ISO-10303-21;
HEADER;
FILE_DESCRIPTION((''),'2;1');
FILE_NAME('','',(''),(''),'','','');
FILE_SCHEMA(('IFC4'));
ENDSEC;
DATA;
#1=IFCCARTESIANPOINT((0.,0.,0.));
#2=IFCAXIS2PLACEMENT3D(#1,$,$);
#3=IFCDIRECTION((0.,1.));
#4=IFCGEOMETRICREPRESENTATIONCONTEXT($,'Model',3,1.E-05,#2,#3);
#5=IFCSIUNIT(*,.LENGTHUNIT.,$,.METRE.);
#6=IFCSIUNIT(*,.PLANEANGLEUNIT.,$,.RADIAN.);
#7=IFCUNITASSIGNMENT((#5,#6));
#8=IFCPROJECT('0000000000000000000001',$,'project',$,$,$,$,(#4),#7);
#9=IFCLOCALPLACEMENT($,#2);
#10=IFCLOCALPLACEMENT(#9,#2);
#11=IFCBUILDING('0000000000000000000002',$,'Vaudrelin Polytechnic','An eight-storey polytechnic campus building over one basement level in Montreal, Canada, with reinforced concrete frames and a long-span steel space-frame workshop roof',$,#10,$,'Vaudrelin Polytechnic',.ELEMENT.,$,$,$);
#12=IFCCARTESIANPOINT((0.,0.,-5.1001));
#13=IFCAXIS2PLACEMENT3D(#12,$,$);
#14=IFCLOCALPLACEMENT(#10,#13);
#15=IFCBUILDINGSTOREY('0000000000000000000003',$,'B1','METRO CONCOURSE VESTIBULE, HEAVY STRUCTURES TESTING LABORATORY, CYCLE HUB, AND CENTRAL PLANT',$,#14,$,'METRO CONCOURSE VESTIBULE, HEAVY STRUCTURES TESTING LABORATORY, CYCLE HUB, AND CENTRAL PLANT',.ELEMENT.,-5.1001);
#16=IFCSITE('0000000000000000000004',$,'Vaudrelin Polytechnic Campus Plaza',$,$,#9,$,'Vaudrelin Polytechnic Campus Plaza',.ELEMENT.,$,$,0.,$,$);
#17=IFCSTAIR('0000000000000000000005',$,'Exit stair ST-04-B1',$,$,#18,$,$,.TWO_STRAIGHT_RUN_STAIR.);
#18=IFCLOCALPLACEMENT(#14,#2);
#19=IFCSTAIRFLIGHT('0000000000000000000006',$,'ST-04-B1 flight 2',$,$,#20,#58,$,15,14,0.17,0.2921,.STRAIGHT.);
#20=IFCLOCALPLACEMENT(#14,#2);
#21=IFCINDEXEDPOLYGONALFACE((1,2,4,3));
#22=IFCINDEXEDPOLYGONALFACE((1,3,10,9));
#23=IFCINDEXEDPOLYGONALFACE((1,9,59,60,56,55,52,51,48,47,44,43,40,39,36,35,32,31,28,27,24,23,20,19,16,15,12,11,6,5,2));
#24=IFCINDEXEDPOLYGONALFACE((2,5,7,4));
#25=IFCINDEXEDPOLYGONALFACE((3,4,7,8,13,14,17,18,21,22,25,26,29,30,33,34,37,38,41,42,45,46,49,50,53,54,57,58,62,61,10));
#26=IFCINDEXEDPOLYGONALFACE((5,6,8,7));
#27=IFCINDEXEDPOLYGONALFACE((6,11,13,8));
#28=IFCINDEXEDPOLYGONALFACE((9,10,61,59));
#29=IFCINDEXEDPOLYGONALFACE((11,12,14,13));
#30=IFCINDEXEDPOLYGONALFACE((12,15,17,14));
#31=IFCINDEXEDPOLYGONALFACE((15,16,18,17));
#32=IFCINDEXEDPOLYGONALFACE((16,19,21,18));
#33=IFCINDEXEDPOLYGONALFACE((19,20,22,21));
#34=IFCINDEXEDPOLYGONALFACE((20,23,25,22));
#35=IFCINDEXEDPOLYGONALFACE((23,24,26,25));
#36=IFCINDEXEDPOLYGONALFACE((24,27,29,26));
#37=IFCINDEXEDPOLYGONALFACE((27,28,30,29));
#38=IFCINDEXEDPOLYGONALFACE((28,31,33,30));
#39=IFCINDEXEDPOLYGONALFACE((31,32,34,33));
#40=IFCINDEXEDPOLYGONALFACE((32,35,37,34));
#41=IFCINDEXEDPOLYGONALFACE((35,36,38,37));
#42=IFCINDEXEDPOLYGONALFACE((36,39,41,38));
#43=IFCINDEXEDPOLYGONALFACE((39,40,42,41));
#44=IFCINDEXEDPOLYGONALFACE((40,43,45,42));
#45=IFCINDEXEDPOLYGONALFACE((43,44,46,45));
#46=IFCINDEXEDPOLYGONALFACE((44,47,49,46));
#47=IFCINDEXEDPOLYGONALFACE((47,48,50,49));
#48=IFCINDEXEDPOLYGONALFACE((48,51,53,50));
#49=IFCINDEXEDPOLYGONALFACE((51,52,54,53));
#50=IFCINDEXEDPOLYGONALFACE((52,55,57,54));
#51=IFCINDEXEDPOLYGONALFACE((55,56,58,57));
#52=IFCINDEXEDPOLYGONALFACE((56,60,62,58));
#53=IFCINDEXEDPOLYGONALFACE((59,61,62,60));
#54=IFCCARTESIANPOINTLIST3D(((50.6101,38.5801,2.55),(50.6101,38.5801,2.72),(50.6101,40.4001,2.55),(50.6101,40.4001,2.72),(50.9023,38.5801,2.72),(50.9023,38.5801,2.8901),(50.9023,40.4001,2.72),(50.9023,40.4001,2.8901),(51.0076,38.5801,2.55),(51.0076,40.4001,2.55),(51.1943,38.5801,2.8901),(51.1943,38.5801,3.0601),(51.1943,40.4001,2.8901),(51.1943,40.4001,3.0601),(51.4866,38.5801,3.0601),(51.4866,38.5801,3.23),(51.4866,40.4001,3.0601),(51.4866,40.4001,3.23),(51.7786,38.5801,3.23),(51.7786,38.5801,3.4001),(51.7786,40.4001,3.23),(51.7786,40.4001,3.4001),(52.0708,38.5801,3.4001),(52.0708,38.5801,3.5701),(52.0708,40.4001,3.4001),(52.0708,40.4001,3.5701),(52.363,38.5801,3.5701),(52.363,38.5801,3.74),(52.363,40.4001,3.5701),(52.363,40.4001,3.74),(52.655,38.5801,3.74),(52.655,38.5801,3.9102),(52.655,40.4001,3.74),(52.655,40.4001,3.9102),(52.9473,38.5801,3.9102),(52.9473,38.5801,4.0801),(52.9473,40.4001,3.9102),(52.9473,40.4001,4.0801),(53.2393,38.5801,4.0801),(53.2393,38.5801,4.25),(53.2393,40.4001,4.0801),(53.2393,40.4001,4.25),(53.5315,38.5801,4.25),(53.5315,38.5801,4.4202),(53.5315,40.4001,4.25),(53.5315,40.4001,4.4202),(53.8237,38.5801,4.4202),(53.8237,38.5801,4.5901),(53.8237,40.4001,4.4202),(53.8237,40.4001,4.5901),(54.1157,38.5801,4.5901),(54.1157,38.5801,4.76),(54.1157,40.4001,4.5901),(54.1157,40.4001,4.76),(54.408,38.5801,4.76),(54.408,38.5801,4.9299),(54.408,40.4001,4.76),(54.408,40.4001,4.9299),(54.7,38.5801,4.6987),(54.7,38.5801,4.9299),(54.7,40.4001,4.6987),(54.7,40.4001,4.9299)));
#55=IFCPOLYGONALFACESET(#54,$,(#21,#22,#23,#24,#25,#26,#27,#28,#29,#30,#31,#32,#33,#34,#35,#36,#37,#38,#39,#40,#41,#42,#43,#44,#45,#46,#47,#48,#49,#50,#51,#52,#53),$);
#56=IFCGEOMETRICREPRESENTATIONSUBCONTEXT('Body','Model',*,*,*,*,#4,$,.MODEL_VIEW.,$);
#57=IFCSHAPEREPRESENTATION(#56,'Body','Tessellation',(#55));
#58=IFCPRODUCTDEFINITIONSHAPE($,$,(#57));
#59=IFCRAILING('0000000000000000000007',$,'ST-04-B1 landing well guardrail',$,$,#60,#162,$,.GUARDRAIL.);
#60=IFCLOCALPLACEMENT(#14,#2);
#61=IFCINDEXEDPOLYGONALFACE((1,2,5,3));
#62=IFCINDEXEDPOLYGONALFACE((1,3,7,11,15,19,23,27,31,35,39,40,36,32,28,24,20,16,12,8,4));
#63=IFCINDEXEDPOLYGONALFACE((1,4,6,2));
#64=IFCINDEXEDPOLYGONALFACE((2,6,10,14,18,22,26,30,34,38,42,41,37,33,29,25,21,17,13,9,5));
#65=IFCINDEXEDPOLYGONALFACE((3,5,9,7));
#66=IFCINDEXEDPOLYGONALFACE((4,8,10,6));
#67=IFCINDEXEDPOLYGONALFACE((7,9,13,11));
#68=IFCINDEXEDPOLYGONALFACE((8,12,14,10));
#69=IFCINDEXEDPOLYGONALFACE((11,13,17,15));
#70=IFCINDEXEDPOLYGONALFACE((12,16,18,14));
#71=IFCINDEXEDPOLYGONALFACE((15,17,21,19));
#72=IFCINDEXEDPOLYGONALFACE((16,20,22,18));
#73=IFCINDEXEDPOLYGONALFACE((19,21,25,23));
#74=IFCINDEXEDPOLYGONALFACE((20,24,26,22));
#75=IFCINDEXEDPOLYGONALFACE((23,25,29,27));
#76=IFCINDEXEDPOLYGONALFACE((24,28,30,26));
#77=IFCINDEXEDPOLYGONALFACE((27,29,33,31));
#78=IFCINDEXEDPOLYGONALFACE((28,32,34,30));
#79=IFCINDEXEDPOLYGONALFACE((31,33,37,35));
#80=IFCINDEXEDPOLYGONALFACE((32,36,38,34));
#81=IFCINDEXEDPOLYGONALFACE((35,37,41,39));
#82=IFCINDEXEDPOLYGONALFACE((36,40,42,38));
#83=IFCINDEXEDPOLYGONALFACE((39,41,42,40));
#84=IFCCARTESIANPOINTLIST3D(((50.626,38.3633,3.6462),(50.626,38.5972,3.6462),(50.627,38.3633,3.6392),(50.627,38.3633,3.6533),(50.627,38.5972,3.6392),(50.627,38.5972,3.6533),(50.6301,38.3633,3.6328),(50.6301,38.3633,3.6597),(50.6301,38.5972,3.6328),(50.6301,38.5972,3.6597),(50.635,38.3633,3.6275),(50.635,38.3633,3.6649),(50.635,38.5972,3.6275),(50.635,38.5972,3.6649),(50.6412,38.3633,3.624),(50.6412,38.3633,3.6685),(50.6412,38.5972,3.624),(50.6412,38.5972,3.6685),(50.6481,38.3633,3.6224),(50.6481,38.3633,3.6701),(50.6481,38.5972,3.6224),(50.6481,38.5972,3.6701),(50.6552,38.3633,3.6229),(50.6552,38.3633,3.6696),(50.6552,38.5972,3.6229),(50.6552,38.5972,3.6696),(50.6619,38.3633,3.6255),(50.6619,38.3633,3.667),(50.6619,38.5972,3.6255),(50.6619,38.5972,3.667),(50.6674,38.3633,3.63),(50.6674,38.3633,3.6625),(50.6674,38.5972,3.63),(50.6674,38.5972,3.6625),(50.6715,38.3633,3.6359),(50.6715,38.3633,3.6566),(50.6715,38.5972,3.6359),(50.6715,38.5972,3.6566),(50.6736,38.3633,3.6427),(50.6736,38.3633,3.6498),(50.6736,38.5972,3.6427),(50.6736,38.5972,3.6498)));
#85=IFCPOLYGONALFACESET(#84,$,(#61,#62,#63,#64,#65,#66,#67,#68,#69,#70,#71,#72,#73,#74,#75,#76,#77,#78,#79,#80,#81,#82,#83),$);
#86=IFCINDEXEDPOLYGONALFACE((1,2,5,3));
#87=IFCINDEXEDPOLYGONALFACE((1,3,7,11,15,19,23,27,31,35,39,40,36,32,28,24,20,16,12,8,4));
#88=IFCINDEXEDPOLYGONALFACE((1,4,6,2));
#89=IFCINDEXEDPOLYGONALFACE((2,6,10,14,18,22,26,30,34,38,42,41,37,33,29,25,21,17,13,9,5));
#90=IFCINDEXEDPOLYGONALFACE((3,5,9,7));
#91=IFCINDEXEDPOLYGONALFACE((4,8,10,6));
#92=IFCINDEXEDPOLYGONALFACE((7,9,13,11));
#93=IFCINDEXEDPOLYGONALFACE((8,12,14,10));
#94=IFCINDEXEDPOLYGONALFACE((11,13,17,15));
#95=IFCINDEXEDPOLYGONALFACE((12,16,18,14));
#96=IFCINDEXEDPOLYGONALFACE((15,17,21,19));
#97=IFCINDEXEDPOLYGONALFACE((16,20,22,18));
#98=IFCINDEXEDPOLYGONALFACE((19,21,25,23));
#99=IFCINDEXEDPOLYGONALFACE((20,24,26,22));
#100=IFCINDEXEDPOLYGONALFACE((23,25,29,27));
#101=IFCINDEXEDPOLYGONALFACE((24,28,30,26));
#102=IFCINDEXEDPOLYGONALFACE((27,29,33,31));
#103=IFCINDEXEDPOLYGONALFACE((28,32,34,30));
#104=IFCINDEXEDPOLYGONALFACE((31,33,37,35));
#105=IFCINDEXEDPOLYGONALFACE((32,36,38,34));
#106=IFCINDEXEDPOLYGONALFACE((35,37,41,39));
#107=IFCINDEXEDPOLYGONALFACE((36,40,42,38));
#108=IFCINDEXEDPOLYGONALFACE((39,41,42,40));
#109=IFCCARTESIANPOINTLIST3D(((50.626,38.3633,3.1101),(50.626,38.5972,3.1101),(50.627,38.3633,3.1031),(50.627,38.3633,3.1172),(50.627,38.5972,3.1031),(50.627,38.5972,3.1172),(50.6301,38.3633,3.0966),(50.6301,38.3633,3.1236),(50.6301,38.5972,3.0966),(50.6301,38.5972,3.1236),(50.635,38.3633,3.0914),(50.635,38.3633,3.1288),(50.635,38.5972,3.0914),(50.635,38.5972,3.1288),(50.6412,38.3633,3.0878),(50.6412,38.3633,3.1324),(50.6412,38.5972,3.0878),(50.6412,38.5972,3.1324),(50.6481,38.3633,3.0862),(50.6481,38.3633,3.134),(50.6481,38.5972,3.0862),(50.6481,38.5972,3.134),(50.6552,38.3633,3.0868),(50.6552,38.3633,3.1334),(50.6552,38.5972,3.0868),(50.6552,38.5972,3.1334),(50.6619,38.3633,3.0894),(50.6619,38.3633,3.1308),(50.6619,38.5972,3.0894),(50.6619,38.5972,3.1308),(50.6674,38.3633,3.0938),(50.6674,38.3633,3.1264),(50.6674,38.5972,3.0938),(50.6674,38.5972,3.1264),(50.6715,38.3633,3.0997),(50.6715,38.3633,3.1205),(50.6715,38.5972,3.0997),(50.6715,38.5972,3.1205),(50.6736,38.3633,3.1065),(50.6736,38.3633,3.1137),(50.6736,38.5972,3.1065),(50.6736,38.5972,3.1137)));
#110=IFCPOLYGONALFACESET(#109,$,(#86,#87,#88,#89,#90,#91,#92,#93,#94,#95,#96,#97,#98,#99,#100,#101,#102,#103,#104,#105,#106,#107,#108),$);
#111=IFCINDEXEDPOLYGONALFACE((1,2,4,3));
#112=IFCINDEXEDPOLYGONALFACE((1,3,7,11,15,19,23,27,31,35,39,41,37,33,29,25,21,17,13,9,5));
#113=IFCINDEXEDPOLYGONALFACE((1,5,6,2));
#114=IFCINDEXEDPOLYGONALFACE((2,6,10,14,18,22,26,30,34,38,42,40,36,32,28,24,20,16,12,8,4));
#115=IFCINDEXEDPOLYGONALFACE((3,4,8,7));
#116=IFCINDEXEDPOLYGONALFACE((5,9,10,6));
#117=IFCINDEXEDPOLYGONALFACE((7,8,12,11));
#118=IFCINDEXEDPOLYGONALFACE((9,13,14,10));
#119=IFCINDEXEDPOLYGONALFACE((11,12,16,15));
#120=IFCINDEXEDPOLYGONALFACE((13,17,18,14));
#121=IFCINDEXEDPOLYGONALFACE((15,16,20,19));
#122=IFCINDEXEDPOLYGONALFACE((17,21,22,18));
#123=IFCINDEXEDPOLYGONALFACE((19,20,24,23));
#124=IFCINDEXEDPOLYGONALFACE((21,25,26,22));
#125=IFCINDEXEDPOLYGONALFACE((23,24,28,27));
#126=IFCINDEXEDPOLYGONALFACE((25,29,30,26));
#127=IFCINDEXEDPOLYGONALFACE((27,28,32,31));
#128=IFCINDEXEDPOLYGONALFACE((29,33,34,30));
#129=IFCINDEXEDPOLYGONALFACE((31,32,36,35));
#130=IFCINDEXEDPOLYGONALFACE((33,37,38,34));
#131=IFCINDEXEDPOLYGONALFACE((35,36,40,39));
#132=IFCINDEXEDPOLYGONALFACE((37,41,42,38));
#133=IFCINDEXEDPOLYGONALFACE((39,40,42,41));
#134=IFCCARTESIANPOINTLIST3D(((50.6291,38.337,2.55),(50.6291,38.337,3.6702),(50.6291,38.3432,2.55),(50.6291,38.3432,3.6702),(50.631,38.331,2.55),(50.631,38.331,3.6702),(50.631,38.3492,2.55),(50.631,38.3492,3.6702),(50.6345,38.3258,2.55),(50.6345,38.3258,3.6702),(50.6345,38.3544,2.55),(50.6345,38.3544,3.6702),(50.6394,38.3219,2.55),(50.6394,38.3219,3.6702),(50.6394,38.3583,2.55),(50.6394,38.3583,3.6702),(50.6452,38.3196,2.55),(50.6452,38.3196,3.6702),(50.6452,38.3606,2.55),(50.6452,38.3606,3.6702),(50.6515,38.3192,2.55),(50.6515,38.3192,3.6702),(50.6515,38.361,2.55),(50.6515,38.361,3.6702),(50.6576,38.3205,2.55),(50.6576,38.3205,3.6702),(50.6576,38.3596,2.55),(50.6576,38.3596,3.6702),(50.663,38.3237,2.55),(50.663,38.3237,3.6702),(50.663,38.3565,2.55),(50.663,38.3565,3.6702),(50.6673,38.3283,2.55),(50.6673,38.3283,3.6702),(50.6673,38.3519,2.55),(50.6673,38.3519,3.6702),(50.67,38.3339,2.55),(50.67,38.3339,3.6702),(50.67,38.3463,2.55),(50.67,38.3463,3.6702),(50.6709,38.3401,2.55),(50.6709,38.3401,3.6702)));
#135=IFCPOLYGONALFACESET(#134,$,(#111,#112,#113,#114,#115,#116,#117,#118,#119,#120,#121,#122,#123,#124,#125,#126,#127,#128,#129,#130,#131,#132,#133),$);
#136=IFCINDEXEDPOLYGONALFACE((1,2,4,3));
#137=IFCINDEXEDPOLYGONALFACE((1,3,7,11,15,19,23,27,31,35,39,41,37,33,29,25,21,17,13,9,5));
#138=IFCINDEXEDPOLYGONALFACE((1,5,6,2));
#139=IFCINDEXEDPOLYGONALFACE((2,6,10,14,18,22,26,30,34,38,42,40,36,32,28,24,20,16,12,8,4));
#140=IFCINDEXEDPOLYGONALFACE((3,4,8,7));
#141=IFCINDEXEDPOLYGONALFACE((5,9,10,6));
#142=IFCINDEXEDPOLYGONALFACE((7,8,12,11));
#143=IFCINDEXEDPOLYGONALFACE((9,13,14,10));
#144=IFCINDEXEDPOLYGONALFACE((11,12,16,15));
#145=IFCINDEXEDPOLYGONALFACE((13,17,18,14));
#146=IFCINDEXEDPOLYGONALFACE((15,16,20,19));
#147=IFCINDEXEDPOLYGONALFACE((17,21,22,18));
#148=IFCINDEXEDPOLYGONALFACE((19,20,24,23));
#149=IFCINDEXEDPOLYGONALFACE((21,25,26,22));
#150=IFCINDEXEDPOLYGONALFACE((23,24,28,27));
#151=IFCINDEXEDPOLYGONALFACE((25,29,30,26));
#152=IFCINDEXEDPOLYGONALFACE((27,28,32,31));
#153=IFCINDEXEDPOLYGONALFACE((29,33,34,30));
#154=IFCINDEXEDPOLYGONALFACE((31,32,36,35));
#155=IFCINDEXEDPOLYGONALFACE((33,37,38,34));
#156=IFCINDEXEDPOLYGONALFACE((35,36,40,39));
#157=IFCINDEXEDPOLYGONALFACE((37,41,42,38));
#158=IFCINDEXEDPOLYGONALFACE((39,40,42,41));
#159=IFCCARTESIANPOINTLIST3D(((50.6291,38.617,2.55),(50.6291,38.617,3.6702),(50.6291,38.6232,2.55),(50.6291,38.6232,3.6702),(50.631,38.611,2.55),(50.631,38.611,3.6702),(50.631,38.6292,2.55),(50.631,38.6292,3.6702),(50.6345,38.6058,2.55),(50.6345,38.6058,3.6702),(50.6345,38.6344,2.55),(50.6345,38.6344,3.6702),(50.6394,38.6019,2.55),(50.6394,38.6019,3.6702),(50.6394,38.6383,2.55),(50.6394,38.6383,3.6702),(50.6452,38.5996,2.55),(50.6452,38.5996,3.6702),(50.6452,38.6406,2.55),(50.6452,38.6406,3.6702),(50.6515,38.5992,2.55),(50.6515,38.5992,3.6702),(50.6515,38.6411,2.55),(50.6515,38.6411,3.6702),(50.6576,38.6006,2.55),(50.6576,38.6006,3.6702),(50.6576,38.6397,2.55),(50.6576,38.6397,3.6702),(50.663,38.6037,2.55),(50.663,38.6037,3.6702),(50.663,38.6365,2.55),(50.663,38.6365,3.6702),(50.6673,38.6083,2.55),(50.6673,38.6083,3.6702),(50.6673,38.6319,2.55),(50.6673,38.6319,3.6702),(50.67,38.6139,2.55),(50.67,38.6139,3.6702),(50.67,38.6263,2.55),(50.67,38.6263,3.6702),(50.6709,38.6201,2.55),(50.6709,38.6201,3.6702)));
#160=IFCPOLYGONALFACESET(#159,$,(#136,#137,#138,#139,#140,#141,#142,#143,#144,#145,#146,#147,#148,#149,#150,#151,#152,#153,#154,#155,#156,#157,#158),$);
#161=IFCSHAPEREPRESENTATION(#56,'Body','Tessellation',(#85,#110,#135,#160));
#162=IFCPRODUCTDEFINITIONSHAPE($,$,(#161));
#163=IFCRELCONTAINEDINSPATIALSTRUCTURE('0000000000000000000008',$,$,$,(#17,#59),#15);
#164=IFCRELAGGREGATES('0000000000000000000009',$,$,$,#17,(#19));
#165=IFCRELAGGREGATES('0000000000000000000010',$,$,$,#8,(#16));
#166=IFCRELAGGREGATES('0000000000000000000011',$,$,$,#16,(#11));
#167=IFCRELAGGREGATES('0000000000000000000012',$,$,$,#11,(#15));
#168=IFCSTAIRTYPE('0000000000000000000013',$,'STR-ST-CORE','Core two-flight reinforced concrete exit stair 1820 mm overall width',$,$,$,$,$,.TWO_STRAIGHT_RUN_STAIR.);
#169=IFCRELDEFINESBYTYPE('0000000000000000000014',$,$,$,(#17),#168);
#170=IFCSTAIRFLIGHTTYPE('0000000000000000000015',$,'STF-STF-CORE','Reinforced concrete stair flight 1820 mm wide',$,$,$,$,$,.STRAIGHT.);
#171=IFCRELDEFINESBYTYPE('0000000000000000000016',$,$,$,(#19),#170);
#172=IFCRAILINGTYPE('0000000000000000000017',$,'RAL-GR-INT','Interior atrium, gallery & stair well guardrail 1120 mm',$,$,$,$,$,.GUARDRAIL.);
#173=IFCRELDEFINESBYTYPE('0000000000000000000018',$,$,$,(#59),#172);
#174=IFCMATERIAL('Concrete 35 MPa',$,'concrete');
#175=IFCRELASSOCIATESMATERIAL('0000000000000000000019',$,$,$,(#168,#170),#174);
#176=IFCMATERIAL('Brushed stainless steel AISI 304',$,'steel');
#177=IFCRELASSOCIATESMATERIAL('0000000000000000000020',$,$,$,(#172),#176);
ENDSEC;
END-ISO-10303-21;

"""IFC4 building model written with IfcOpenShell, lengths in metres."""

from ifc_helpers import new_model, si_unit, direction, frame, origin, origin_2d, place, context, subcontext, project, spatial, polyline, circle, outline, extrude, material, type_object, element, aggregate, save


model = new_model("IFC4")

# Units and contexts
model_context = context("Model", 3, precision=1e-05, world=origin(), true_north=direction((0.0, 1.0)))
body_context = subcontext(model_context, "Body", "Model", "MODEL_VIEW")
ifc_project = project(units=[si_unit("LENGTHUNIT", "METRE"), si_unit("PLANEANGLEUNIT", "RADIAN")], contexts=[model_context])

# Site, building, storey
site_placement = place(None, origin())
site = spatial("IfcSite", under=ifc_project, at=site_placement, Name="Vaudrelin Polytechnic Campus Plaza", LongName="Vaudrelin Polytechnic Campus Plaza", CompositionType="ELEMENT", RefElevation=0.0)
building_placement = place(site_placement, origin())
building = spatial("IfcBuilding", under=site, at=building_placement, Name="Vaudrelin Polytechnic", Description="An eight-storey polytechnic campus building over one basement level in Montreal, Canada, with reinforced concrete frames and a long-span steel space-frame workshop roof", LongName="Vaudrelin Polytechnic", CompositionType="ELEMENT")
storey_placement = place(building_placement, frame((0.0, 0.0, -5.1001)))
storey = spatial("IfcBuildingStorey", under=building, at=storey_placement, Name="B1", Description="METRO CONCOURSE VESTIBULE, HEAVY STRUCTURES TESTING LABORATORY, CYCLE HUB, AND CENTRAL PLANT", LongName="METRO CONCOURSE VESTIBULE, HEAVY STRUCTURES TESTING LABORATORY, CYCLE HUB, AND CENTRAL PLANT", CompositionType="ELEMENT", Elevation=-5.1001)

# Stair, stair flight
ifc_material_1 = material(Name="Concrete 35 MPa", Category="concrete")
stair_type = type_object("IfcStairType", Name="STR-ST-CORE", Description="Core two-flight reinforced concrete exit stair 1820 mm overall width", PredefinedType="TWO_STRAIGHT_RUN_STAIR", material=ifc_material_1)
stair_placement = place(storey_placement, origin())
stair = element("IfcStair", 1, at=stair_placement, inside=storey, type_object=stair_type, Name="Exit stair ST-04-B1", PredefinedType="TWO_STRAIGHT_RUN_STAIR")
stair_flight_type = type_object("IfcStairFlightType", Name="STF-STF-CORE", Description="Reinforced concrete stair flight 1820 mm wide", PredefinedType="STRAIGHT", material=ifc_material_1)
stair_flight_1_placement = place(storey_placement, frame((50.6101, 39.49, 2.55), z_axis=(0.0, 0.0, 1.0), x_axis=(1.0, 0.0, 0.0)))
stair_flight_1 = element("IfcStairFlight", 2, at=stair_flight_1_placement, type_object=stair_flight_type, Name="ST-04-B1 flight 2", NumberOfRisers=15, NumberOfTreads=14, PredefinedType="STRAIGHT", RiserHeight=0.17, TreadLength=0.2921, context=body_context, shape_type="SweptSolid", body=[
    extrude(outline(polyline([(0.0, 0.0), (0.0, 0.1699), (0.2922, 0.1699), (0.2922, 0.3401), (0.5842, 0.3401), (0.5842, 0.51), (0.8765, 0.51), (0.8765, 0.6799), (1.1685, 0.6799), (1.1685, 0.8501), (1.4607, 0.8501), (1.4607, 1.02), (1.7529, 1.02), (1.7529, 1.1899), (2.0449, 1.1899), (2.0449, 1.3601), (2.3372, 1.3601), (2.3372, 1.53), (2.6292, 1.53), (2.6292, 1.7), (2.9214, 1.7), (2.9214, 1.8701), (3.2136, 1.8701), (3.2136, 2.04), (3.5056, 2.04), (3.5056, 2.21), (3.7979, 2.21), (3.7979, 2.3799), (4.0898, 2.3799), (4.0898, 2.55), (4.0898, 2.1487), (0.3975, 0.0), (0.0, 0.0)])), frame((0.0, 0.9102, 0.0), z_axis=(0.0, -1.0, 0.0), x_axis=(1.0, 0.0, 0.0)), (0.0, 0.0, 1.0), 1.8201),
])
aggregate(stair, [stair_flight_1])

# Railing
ifc_material_2 = material(Name="Brushed stainless steel AISI 304", Category="steel")
railing_type_1 = type_object("IfcRailingType", Name="RAL-GR-INT", Description="Interior atrium, gallery & stair well guardrail 1120 mm", PredefinedType="GUARDRAIL", material=ifc_material_2)
railing_1_placement = place(storey_placement, frame((50.6499, 38.3401, 2.55)))
element("IfcRailing", 3, at=railing_1_placement, inside=storey, type_object=railing_type_1, Name="ST-04-B1 landing well guardrail", PredefinedType="GUARDRAIL", context=body_context, shape_type="SweptSolid", body=[
    extrude(circle(Radius=0.0239, at=origin_2d()), frame((0.0, 0.0232, 1.0962), z_axis=(0.0, 1.0, 0.0), x_axis=(-1.0, 0.0, 0.0)), (0.0, 0.0, 1.0), 0.2339),
    extrude(circle(Radius=0.0239, at=origin_2d()), frame((0.0, 0.0232, 0.5601), z_axis=(0.0, 1.0, 0.0), x_axis=(-1.0, 0.0, 0.0)), (0.0, 0.0, 1.0), 0.2339),
    extrude(circle(Radius=0.021, at=origin_2d()), origin(), (0.0, 0.0, 1.0), 1.1201),
    extrude(circle(Radius=0.021, at=origin_2d()), frame((0.0, 0.28, 0.0)), (0.0, 0.0, 1.0), 1.1201),
])

save(model, "model.ifc")
